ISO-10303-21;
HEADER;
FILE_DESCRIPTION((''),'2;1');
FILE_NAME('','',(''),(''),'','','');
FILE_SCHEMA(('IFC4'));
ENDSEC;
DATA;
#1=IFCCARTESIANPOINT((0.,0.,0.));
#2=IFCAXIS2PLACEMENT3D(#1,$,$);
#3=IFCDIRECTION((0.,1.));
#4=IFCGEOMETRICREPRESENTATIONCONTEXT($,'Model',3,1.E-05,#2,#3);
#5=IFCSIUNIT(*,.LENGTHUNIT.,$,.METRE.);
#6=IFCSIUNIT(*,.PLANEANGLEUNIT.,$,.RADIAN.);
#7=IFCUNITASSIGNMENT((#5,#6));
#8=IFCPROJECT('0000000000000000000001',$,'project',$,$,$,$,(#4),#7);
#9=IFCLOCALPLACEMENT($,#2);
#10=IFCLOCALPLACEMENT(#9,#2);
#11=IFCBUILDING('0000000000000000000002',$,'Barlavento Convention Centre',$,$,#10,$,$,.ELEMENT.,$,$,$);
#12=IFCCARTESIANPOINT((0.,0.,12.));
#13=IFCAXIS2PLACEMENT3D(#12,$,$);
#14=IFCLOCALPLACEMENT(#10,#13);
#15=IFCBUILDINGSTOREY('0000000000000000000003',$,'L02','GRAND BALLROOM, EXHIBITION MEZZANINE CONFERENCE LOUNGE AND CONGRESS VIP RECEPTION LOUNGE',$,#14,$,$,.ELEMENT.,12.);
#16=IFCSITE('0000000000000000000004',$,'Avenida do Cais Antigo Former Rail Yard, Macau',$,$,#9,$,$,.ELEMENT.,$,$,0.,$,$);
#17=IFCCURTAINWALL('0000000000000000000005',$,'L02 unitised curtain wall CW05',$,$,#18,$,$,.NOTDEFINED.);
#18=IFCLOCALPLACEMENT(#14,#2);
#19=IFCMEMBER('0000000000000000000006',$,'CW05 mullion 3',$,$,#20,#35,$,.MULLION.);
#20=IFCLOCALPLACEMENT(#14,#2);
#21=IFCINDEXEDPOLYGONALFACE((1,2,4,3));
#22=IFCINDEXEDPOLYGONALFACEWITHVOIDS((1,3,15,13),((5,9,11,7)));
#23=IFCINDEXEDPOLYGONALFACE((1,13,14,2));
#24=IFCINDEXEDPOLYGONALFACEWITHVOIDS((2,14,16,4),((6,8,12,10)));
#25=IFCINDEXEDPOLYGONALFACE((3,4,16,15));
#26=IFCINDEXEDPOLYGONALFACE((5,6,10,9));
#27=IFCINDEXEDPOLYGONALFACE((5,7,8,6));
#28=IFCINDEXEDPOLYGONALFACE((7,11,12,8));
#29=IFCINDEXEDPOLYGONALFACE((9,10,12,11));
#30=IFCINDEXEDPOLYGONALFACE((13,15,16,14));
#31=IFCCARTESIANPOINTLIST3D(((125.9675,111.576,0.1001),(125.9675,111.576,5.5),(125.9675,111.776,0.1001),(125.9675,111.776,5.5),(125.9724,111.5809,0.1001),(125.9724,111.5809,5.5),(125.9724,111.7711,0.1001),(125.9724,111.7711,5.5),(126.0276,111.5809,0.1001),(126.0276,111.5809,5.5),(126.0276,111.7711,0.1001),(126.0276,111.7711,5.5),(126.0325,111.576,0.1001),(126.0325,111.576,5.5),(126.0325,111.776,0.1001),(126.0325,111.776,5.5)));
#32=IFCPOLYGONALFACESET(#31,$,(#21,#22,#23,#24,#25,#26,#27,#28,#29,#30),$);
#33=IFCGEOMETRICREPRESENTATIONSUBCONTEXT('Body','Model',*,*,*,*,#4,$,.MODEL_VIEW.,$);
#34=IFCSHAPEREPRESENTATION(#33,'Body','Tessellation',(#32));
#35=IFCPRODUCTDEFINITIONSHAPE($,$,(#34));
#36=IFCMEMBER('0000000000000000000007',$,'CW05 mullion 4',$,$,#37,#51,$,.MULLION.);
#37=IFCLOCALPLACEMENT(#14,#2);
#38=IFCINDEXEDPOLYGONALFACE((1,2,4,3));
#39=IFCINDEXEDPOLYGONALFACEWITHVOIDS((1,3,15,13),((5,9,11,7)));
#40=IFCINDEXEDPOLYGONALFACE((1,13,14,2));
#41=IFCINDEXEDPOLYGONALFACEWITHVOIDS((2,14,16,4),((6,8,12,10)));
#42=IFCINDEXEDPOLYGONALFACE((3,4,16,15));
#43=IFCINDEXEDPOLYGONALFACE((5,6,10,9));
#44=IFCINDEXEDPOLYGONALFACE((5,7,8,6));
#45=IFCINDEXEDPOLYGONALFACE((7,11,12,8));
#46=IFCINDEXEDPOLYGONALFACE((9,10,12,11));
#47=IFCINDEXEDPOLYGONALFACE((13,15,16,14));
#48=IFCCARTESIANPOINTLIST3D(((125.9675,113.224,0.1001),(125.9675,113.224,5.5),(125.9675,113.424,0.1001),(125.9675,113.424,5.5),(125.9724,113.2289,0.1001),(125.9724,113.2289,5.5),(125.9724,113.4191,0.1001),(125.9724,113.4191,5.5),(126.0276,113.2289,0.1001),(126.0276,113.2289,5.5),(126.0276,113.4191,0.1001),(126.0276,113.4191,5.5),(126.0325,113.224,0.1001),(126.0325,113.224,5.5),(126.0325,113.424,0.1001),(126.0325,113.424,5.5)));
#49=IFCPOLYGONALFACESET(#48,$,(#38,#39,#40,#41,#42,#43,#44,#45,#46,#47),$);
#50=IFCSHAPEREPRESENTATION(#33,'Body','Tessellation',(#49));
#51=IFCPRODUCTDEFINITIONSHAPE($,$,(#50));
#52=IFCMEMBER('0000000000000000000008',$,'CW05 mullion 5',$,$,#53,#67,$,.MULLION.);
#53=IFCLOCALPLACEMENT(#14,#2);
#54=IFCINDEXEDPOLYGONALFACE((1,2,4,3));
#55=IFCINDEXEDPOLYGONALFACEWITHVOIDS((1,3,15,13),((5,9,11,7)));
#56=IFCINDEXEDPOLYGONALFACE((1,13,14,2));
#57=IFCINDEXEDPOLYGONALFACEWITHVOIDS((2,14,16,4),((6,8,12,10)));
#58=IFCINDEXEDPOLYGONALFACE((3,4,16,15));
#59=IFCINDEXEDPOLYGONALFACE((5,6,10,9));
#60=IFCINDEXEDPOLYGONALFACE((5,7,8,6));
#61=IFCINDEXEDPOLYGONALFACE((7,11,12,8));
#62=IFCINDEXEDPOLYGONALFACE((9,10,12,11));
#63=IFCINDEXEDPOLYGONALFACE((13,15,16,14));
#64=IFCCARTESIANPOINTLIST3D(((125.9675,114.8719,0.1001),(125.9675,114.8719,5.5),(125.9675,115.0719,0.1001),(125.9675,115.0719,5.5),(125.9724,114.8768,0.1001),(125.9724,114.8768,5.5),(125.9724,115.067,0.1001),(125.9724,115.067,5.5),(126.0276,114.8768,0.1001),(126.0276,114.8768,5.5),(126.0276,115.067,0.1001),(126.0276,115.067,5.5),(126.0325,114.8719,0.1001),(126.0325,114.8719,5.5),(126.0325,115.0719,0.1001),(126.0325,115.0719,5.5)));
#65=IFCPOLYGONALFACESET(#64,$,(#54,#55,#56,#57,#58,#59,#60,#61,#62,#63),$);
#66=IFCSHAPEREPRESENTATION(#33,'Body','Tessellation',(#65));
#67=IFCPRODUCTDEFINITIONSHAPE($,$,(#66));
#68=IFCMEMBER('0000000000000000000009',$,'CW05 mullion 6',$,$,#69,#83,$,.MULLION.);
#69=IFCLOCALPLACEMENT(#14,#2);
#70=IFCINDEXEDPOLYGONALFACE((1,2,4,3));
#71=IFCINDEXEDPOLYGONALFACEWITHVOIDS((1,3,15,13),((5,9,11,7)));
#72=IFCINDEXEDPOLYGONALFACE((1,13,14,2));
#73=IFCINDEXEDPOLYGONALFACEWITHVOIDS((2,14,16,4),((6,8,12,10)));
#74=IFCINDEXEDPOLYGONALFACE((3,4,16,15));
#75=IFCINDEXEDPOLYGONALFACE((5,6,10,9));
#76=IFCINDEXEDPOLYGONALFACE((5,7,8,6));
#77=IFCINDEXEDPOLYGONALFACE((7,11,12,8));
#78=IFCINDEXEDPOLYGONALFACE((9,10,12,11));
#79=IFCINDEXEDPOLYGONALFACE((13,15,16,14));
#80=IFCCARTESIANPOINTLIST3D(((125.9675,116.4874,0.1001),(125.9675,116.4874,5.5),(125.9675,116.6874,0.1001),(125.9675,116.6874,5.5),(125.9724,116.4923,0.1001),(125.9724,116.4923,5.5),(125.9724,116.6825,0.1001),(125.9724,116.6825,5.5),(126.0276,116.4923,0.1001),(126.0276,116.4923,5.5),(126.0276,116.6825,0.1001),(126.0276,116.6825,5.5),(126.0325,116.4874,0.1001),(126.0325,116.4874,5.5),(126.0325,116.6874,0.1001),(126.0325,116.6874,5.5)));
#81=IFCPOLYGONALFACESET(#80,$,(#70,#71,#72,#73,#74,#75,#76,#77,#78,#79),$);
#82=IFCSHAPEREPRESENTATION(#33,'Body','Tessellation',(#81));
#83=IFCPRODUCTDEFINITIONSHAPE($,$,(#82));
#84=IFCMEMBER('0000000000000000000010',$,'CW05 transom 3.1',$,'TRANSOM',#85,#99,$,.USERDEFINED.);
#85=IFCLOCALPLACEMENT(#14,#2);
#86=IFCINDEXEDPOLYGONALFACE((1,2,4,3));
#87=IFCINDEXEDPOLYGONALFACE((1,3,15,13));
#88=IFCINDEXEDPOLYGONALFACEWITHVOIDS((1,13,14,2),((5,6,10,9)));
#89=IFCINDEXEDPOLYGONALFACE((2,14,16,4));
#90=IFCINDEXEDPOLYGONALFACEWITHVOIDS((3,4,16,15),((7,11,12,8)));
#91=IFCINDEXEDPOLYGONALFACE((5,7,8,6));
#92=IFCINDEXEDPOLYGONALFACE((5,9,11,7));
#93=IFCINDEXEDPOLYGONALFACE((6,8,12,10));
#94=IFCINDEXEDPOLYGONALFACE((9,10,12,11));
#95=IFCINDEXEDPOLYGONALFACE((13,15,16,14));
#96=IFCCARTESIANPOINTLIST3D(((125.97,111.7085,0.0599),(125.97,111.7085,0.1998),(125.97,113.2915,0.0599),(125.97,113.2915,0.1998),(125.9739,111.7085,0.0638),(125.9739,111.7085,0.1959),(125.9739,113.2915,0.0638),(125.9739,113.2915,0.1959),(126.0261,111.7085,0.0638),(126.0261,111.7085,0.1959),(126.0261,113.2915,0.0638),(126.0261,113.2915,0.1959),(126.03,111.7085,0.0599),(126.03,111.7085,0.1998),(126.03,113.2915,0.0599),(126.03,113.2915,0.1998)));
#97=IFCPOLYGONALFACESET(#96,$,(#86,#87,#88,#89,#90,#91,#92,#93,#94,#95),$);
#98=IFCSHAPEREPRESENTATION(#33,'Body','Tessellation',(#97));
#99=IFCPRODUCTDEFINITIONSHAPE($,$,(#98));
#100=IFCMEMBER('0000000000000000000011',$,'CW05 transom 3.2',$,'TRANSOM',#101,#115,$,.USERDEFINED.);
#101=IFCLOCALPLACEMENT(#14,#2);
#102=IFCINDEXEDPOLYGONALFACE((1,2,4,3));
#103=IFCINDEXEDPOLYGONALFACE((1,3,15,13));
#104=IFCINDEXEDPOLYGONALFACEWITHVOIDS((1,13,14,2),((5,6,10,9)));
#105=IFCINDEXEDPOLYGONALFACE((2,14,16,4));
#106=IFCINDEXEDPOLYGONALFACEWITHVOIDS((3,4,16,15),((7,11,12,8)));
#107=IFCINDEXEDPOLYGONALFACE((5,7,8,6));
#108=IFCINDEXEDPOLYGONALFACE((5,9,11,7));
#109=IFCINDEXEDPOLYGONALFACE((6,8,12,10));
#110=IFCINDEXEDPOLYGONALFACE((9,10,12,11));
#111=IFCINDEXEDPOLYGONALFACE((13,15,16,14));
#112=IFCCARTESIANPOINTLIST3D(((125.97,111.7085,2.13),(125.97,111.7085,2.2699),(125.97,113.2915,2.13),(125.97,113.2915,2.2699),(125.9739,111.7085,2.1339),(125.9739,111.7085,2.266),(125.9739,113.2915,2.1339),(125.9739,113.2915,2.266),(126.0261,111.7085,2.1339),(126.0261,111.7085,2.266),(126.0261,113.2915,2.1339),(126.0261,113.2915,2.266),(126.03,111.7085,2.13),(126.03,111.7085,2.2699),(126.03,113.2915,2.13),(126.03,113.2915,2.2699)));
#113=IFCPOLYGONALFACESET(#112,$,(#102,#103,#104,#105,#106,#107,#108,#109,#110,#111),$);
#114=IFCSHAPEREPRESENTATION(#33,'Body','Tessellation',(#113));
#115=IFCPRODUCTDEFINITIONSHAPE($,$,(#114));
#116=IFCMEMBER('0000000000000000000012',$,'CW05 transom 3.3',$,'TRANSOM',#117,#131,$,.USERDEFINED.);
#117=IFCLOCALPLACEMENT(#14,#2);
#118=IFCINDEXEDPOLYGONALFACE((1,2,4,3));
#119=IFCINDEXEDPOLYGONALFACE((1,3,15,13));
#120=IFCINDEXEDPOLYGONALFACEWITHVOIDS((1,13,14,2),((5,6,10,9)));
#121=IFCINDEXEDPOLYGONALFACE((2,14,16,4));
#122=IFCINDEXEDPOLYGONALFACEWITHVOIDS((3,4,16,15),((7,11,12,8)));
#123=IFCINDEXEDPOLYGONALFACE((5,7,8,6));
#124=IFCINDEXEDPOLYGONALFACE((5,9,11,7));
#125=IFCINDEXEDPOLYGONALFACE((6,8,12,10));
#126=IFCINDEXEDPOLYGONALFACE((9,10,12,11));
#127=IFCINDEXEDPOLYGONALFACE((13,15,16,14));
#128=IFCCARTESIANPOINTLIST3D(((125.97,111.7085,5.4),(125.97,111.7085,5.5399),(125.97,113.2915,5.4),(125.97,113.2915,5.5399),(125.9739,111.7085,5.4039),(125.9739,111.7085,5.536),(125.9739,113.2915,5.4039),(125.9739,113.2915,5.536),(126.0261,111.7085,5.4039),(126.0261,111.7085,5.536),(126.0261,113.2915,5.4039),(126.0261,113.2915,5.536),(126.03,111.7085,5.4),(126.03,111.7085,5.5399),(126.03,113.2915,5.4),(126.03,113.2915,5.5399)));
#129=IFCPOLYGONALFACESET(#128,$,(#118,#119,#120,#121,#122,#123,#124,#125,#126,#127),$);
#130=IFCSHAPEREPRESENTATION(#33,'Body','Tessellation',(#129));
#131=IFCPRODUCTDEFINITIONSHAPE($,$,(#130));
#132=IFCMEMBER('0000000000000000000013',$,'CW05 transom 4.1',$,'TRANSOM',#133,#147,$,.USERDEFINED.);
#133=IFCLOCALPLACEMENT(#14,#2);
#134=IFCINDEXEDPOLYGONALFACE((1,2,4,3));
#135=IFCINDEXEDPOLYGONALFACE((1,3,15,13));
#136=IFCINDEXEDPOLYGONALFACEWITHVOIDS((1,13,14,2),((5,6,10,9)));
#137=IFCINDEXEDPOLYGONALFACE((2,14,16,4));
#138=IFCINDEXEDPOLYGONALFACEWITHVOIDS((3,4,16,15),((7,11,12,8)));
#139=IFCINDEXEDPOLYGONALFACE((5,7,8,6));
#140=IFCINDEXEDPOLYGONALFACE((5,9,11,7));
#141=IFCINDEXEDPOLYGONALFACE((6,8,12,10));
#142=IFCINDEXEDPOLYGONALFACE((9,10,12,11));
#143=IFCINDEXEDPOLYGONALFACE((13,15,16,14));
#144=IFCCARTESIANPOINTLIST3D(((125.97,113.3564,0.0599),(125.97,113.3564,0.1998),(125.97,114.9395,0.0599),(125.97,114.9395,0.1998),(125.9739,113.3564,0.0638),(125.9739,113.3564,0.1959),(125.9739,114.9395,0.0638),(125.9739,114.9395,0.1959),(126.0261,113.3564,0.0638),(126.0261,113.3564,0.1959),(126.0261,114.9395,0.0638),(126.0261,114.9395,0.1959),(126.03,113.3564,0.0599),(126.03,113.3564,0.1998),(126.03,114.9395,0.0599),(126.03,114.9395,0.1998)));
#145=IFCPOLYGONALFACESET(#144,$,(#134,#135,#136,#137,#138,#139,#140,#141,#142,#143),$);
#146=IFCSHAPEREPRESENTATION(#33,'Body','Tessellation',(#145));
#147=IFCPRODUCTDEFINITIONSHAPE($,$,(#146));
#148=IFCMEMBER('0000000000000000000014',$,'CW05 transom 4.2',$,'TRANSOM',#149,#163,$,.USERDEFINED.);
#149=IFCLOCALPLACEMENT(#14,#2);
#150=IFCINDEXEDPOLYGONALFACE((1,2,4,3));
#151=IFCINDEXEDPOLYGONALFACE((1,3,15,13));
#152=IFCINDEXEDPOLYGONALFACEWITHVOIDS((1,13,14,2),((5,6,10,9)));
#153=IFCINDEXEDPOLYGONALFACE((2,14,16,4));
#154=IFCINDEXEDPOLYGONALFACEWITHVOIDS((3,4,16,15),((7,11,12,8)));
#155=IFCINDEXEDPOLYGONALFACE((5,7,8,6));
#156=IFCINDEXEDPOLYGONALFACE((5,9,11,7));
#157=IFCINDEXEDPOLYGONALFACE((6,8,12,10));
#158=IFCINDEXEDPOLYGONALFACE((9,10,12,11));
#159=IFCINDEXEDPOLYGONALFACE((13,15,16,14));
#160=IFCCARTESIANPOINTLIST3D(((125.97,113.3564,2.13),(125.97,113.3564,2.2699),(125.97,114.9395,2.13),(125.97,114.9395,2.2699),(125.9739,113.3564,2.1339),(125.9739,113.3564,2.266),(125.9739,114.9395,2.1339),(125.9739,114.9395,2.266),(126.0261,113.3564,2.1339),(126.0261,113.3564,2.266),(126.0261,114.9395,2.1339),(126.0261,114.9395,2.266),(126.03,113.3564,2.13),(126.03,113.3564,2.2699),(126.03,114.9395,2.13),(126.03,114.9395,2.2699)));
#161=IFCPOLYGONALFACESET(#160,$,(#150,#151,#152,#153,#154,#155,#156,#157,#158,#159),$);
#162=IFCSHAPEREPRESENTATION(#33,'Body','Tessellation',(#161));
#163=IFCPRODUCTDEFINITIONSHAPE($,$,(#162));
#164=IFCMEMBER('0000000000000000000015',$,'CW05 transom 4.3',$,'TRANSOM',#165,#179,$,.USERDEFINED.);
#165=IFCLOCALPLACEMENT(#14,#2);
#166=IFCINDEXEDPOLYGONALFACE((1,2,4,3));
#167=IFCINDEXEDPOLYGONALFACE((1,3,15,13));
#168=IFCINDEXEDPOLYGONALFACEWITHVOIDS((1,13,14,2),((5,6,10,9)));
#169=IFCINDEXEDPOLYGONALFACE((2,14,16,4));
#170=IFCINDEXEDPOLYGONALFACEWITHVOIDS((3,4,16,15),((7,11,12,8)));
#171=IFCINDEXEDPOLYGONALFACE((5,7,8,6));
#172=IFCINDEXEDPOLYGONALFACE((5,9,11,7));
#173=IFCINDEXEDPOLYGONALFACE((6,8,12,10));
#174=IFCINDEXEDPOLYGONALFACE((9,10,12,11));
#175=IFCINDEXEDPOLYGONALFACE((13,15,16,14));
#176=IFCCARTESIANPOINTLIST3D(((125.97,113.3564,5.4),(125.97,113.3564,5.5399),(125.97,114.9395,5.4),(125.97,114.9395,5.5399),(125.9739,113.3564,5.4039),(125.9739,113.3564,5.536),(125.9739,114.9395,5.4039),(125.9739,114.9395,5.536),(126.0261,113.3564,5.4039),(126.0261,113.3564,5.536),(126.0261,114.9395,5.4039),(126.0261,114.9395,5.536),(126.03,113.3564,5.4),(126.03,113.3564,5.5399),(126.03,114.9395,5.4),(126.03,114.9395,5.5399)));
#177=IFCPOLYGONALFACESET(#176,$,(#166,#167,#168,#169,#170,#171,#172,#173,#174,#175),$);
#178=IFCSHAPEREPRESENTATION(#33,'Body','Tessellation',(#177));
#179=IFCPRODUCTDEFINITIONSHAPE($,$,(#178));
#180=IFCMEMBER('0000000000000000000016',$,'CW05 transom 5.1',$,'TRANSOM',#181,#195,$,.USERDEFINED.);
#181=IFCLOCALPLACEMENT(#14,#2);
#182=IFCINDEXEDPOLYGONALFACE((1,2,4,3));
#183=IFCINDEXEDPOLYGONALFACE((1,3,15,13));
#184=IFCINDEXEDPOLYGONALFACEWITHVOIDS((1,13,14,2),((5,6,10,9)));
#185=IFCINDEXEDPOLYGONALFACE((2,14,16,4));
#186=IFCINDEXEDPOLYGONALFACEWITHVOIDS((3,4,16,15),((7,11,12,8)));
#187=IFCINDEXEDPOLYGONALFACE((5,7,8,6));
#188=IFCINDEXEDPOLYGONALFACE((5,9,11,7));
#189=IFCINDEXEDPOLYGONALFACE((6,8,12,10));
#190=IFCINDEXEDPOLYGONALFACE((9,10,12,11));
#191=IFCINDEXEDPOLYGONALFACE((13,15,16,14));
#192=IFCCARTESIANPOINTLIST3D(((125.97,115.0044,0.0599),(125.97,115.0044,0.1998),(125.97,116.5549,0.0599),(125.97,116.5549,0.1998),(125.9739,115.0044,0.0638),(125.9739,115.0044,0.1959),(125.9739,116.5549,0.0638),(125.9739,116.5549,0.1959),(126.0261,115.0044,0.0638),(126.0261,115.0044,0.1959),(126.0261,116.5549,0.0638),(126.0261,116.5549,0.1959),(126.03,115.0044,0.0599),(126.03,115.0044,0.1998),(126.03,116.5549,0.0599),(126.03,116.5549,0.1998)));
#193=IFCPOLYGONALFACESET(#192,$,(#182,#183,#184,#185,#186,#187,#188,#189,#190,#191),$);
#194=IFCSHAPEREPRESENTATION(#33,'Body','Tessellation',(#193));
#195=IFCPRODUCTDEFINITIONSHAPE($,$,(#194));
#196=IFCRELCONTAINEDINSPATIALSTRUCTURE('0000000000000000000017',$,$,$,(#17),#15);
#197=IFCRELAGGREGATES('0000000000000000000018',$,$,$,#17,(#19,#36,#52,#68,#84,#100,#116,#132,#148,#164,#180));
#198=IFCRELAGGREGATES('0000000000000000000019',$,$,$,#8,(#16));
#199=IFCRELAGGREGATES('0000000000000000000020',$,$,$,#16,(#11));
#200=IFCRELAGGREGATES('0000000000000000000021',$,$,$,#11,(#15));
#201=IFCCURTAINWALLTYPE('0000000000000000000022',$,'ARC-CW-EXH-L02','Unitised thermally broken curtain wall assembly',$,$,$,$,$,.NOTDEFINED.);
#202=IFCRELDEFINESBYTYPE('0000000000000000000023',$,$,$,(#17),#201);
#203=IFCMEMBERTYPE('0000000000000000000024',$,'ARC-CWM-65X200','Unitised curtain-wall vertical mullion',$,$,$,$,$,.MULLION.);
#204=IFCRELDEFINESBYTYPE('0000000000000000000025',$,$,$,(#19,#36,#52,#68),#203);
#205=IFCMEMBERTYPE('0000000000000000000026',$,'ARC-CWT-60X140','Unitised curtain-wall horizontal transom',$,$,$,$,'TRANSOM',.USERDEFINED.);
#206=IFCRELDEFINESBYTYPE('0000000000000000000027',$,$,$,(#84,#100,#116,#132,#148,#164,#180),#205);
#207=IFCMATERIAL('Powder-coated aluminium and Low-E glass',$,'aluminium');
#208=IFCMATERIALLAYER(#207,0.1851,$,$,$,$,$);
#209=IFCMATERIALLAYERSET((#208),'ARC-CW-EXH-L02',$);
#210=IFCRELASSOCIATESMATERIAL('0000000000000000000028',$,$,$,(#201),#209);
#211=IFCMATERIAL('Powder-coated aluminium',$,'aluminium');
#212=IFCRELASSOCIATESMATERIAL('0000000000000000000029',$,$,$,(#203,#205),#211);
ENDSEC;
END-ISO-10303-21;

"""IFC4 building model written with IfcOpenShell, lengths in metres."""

from ifc_helpers import new_model, si_unit, direction, frame, origin, origin_2d, place, context, subcontext, project, spatial, hollow_rectangle, extrude, material, layer, layer_set, material_profile, profile_set, type_object, element, aggregate, save


model = new_model("IFC4")

# Units and contexts
model_context = context("Model", 3, precision=1e-05, world=origin(), true_north=direction((0.0, 1.0)))
body_context = subcontext(model_context, "Body", "Model", "MODEL_VIEW")
ifc_project = project(units=[si_unit("LENGTHUNIT", "METRE"), si_unit("PLANEANGLEUNIT", "RADIAN")], contexts=[model_context])

# Site, building, storey
site_placement = place(None, origin())
site = spatial("IfcSite", under=ifc_project, at=site_placement, Name="Avenida do Cais Antigo Former Rail Yard, Macau", CompositionType="ELEMENT", RefElevation=0.0)
building_placement = place(site_placement, origin())
building = spatial("IfcBuilding", under=site, at=building_placement, Name="Barlavento Convention Centre", CompositionType="ELEMENT")
storey_placement = place(building_placement, frame((0.0, 0.0, 12.0)))
storey = spatial("IfcBuildingStorey", under=building, at=storey_placement, Name="L02", Description="GRAND BALLROOM, EXHIBITION MEZZANINE CONFERENCE LOUNGE AND CONGRESS VIP RECEPTION LOUNGE", CompositionType="ELEMENT", Elevation=12.0)

# Curtain wall, members
ifc_material_1 = material(Name="Powder-coated aluminium and Low-E glass", Category="aluminium")
ifc_layer_1 = layer(ifc_material_1, 0.1851)
ifc_layer_set_1 = layer_set([ifc_layer_1], Name="ARC-CW-EXH-L02")
curtain_wall_type = type_object("IfcCurtainWallType", Name="ARC-CW-EXH-L02", Description="Unitised thermally broken curtain wall assembly", PredefinedType="NOTDEFINED", material=ifc_layer_set_1)
curtain_wall_placement = place(storey_placement, origin())
curtain_wall = element("IfcCurtainWall", 1, at=curtain_wall_placement, inside=storey, type_object=curtain_wall_type, Name="L02 unitised curtain wall CW05", PredefinedType="NOTDEFINED")
ifc_material_2 = material(Name="Powder-coated aluminium", Category="aluminium")
ifc_material_profile_1 = material_profile(ifc_material_2, hollow_rectangle(XDim=0.0649, YDim=0.2, WallThickness=0.0049, at=origin_2d()), Name="AL-MULL 65x200x5")
ifc_profile_set_1 = profile_set([ifc_material_profile_1], Name="Powder-coated aluminium")
member_type_1 = type_object("IfcMemberType", Name="ARC-CWM-65X200", Description="Unitised curtain-wall vertical mullion", PredefinedType="MULLION", material=ifc_profile_set_1)
member_1_placement = place(storey_placement, frame((126.0, 111.676, 0.1001), z_axis=(0.0, 0.0, 1.0), x_axis=(-1.0, 0.0, 0.0)))
member_1 = element("IfcMember", 2, at=member_1_placement, type_object=member_type_1, Name="CW05 mullion 3", PredefinedType="MULLION", context=body_context, shape_type="SweptSolid", body=[
    extrude(hollow_rectangle(XDim=0.0649, YDim=0.2, WallThickness=0.0049, at=origin_2d()), origin(), (0.0, 0.0, 1.0), 5.3999),
])
member_2_placement = place(storey_placement, frame((126.0, 113.324, 0.1001), z_axis=(0.0, 0.0, 1.0), x_axis=(-1.0, 0.0, 0.0)))
member_2 = element("IfcMember", 3, at=member_2_placement, type_object=member_type_1, Name="CW05 mullion 4", PredefinedType="MULLION", context=body_context, shape_type="SweptSolid", body=[
    extrude(hollow_rectangle(XDim=0.0649, YDim=0.2, WallThickness=0.0049, at=origin_2d()), origin(), (0.0, 0.0, 1.0), 5.3999),
])
member_3_placement = place(storey_placement, frame((126.0, 114.9719, 0.1001), z_axis=(0.0, 0.0, 1.0), x_axis=(-1.0, 0.0, 0.0)))
member_3 = element("IfcMember", 4, at=member_3_placement, type_object=member_type_1, Name="CW05 mullion 5", PredefinedType="MULLION", context=body_context, shape_type="SweptSolid", body=[
    extrude(hollow_rectangle(XDim=0.0649, YDim=0.2, WallThickness=0.0049, at=origin_2d()), origin(), (0.0, 0.0, 1.0), 5.3999),
])
member_4_placement = place(storey_placement, frame((126.0, 116.5874, 0.1001), z_axis=(0.0, 0.0, 1.0), x_axis=(-1.0, 0.0, 0.0)))
member_4 = element("IfcMember", 5, at=member_4_placement, type_object=member_type_1, Name="CW05 mullion 6", PredefinedType="MULLION", context=body_context, shape_type="SweptSolid", body=[
    extrude(hollow_rectangle(XDim=0.0649, YDim=0.2, WallThickness=0.0049, at=origin_2d()), origin(), (0.0, 0.0, 1.0), 5.3999),
])
ifc_material_profile_2 = material_profile(ifc_material_2, hollow_rectangle(XDim=0.0601, YDim=0.1399, WallThickness=0.0039, at=origin_2d()), Name="AL-TRAN 60x140x4")
ifc_profile_set_2 = profile_set([ifc_material_profile_2], Name="Powder-coated aluminium")
member_type_2 = type_object("IfcMemberType", Name="ARC-CWT-60X140", Description="Unitised curtain-wall horizontal transom", ElementType="TRANSOM", PredefinedType="USERDEFINED", material=ifc_profile_set_2)
member_5_placement = place(storey_placement, frame((126.0, 111.7085, 0.1299), z_axis=(0.0, 1.0, 0.0), x_axis=(-1.0, 0.0, 0.0)))
member_5 = element("IfcMember", 6, at=member_5_placement, type_object=member_type_2, Name="CW05 transom 3.1", ObjectType="TRANSOM", PredefinedType="USERDEFINED", context=body_context, shape_type="SweptSolid", body=[
    extrude(hollow_rectangle(XDim=0.0601, YDim=0.1399, WallThickness=0.0039, at=origin_2d()), origin(), (0.0, 0.0, 1.0), 1.583),
])
member_6_placement = place(storey_placement, frame((126.0, 111.7085, 2.2), z_axis=(0.0, 1.0, 0.0), x_axis=(-1.0, 0.0, 0.0)))
member_6 = element("IfcMember", 7, at=member_6_placement, type_object=member_type_2, Name="CW05 transom 3.2", ObjectType="TRANSOM", PredefinedType="USERDEFINED", context=body_context, shape_type="SweptSolid", body=[
    extrude(hollow_rectangle(XDim=0.0601, YDim=0.1399, WallThickness=0.0039, at=origin_2d()), origin(), (0.0, 0.0, 1.0), 1.583),
])
member_7_placement = place(storey_placement, frame((126.0, 111.7085, 5.47), z_axis=(0.0, 1.0, 0.0), x_axis=(-1.0, 0.0, 0.0)))
member_7 = element("IfcMember", 8, at=member_7_placement, type_object=member_type_2, Name="CW05 transom 3.3", ObjectType="TRANSOM", PredefinedType="USERDEFINED", context=body_context, shape_type="SweptSolid", body=[
    extrude(hollow_rectangle(XDim=0.0601, YDim=0.1399, WallThickness=0.0039, at=origin_2d()), origin(), (0.0, 0.0, 1.0), 1.583),
])
member_8_placement = place(storey_placement, frame((126.0, 113.3564, 0.1299), z_axis=(0.0, 1.0, 0.0), x_axis=(-1.0, 0.0, 0.0)))
member_8 = element("IfcMember", 9, at=member_8_placement, type_object=member_type_2, Name="CW05 transom 4.1", ObjectType="TRANSOM", PredefinedType="USERDEFINED", context=body_context, shape_type="SweptSolid", body=[
    extrude(hollow_rectangle(XDim=0.0601, YDim=0.1399, WallThickness=0.0039, at=origin_2d()), origin(), (0.0, 0.0, 1.0), 1.583),
])
member_9_placement = place(storey_placement, frame((126.0, 113.3564, 2.2), z_axis=(0.0, 1.0, 0.0), x_axis=(-1.0, 0.0, 0.0)))
member_9 = element("IfcMember", 10, at=member_9_placement, type_object=member_type_2, Name="CW05 transom 4.2", ObjectType="TRANSOM", PredefinedType="USERDEFINED", context=body_context, shape_type="SweptSolid", body=[
    extrude(hollow_rectangle(XDim=0.0601, YDim=0.1399, WallThickness=0.0039, at=origin_2d()), origin(), (0.0, 0.0, 1.0), 1.583),
])
member_10_placement = place(storey_placement, frame((126.0, 113.3564, 5.47), z_axis=(0.0, 1.0, 0.0), x_axis=(-1.0, 0.0, 0.0)))
member_10 = element("IfcMember", 11, at=member_10_placement, type_object=member_type_2, Name="CW05 transom 4.3", ObjectType="TRANSOM", PredefinedType="USERDEFINED", context=body_context, shape_type="SweptSolid", body=[
    extrude(hollow_rectangle(XDim=0.0601, YDim=0.1399, WallThickness=0.0039, at=origin_2d()), origin(), (0.0, 0.0, 1.0), 1.583),
])
member_11_placement = place(storey_placement, frame((126.0, 115.0044, 0.1299), z_axis=(0.0, 1.0, 0.0), x_axis=(-1.0, 0.0, 0.0)))
member_11 = element("IfcMember", 12, at=member_11_placement, type_object=member_type_2, Name="CW05 transom 5.1", ObjectType="TRANSOM", PredefinedType="USERDEFINED", context=body_context, shape_type="SweptSolid", body=[
    extrude(hollow_rectangle(XDim=0.0601, YDim=0.1399, WallThickness=0.0039, at=origin_2d()), origin(), (0.0, 0.0, 1.0), 1.5505),
])

aggregate(curtain_wall, [member_1, member_2, member_3, member_4, member_5, member_6, member_7, member_8, member_9, member_10, member_11])

save(model, "model.ifc")
